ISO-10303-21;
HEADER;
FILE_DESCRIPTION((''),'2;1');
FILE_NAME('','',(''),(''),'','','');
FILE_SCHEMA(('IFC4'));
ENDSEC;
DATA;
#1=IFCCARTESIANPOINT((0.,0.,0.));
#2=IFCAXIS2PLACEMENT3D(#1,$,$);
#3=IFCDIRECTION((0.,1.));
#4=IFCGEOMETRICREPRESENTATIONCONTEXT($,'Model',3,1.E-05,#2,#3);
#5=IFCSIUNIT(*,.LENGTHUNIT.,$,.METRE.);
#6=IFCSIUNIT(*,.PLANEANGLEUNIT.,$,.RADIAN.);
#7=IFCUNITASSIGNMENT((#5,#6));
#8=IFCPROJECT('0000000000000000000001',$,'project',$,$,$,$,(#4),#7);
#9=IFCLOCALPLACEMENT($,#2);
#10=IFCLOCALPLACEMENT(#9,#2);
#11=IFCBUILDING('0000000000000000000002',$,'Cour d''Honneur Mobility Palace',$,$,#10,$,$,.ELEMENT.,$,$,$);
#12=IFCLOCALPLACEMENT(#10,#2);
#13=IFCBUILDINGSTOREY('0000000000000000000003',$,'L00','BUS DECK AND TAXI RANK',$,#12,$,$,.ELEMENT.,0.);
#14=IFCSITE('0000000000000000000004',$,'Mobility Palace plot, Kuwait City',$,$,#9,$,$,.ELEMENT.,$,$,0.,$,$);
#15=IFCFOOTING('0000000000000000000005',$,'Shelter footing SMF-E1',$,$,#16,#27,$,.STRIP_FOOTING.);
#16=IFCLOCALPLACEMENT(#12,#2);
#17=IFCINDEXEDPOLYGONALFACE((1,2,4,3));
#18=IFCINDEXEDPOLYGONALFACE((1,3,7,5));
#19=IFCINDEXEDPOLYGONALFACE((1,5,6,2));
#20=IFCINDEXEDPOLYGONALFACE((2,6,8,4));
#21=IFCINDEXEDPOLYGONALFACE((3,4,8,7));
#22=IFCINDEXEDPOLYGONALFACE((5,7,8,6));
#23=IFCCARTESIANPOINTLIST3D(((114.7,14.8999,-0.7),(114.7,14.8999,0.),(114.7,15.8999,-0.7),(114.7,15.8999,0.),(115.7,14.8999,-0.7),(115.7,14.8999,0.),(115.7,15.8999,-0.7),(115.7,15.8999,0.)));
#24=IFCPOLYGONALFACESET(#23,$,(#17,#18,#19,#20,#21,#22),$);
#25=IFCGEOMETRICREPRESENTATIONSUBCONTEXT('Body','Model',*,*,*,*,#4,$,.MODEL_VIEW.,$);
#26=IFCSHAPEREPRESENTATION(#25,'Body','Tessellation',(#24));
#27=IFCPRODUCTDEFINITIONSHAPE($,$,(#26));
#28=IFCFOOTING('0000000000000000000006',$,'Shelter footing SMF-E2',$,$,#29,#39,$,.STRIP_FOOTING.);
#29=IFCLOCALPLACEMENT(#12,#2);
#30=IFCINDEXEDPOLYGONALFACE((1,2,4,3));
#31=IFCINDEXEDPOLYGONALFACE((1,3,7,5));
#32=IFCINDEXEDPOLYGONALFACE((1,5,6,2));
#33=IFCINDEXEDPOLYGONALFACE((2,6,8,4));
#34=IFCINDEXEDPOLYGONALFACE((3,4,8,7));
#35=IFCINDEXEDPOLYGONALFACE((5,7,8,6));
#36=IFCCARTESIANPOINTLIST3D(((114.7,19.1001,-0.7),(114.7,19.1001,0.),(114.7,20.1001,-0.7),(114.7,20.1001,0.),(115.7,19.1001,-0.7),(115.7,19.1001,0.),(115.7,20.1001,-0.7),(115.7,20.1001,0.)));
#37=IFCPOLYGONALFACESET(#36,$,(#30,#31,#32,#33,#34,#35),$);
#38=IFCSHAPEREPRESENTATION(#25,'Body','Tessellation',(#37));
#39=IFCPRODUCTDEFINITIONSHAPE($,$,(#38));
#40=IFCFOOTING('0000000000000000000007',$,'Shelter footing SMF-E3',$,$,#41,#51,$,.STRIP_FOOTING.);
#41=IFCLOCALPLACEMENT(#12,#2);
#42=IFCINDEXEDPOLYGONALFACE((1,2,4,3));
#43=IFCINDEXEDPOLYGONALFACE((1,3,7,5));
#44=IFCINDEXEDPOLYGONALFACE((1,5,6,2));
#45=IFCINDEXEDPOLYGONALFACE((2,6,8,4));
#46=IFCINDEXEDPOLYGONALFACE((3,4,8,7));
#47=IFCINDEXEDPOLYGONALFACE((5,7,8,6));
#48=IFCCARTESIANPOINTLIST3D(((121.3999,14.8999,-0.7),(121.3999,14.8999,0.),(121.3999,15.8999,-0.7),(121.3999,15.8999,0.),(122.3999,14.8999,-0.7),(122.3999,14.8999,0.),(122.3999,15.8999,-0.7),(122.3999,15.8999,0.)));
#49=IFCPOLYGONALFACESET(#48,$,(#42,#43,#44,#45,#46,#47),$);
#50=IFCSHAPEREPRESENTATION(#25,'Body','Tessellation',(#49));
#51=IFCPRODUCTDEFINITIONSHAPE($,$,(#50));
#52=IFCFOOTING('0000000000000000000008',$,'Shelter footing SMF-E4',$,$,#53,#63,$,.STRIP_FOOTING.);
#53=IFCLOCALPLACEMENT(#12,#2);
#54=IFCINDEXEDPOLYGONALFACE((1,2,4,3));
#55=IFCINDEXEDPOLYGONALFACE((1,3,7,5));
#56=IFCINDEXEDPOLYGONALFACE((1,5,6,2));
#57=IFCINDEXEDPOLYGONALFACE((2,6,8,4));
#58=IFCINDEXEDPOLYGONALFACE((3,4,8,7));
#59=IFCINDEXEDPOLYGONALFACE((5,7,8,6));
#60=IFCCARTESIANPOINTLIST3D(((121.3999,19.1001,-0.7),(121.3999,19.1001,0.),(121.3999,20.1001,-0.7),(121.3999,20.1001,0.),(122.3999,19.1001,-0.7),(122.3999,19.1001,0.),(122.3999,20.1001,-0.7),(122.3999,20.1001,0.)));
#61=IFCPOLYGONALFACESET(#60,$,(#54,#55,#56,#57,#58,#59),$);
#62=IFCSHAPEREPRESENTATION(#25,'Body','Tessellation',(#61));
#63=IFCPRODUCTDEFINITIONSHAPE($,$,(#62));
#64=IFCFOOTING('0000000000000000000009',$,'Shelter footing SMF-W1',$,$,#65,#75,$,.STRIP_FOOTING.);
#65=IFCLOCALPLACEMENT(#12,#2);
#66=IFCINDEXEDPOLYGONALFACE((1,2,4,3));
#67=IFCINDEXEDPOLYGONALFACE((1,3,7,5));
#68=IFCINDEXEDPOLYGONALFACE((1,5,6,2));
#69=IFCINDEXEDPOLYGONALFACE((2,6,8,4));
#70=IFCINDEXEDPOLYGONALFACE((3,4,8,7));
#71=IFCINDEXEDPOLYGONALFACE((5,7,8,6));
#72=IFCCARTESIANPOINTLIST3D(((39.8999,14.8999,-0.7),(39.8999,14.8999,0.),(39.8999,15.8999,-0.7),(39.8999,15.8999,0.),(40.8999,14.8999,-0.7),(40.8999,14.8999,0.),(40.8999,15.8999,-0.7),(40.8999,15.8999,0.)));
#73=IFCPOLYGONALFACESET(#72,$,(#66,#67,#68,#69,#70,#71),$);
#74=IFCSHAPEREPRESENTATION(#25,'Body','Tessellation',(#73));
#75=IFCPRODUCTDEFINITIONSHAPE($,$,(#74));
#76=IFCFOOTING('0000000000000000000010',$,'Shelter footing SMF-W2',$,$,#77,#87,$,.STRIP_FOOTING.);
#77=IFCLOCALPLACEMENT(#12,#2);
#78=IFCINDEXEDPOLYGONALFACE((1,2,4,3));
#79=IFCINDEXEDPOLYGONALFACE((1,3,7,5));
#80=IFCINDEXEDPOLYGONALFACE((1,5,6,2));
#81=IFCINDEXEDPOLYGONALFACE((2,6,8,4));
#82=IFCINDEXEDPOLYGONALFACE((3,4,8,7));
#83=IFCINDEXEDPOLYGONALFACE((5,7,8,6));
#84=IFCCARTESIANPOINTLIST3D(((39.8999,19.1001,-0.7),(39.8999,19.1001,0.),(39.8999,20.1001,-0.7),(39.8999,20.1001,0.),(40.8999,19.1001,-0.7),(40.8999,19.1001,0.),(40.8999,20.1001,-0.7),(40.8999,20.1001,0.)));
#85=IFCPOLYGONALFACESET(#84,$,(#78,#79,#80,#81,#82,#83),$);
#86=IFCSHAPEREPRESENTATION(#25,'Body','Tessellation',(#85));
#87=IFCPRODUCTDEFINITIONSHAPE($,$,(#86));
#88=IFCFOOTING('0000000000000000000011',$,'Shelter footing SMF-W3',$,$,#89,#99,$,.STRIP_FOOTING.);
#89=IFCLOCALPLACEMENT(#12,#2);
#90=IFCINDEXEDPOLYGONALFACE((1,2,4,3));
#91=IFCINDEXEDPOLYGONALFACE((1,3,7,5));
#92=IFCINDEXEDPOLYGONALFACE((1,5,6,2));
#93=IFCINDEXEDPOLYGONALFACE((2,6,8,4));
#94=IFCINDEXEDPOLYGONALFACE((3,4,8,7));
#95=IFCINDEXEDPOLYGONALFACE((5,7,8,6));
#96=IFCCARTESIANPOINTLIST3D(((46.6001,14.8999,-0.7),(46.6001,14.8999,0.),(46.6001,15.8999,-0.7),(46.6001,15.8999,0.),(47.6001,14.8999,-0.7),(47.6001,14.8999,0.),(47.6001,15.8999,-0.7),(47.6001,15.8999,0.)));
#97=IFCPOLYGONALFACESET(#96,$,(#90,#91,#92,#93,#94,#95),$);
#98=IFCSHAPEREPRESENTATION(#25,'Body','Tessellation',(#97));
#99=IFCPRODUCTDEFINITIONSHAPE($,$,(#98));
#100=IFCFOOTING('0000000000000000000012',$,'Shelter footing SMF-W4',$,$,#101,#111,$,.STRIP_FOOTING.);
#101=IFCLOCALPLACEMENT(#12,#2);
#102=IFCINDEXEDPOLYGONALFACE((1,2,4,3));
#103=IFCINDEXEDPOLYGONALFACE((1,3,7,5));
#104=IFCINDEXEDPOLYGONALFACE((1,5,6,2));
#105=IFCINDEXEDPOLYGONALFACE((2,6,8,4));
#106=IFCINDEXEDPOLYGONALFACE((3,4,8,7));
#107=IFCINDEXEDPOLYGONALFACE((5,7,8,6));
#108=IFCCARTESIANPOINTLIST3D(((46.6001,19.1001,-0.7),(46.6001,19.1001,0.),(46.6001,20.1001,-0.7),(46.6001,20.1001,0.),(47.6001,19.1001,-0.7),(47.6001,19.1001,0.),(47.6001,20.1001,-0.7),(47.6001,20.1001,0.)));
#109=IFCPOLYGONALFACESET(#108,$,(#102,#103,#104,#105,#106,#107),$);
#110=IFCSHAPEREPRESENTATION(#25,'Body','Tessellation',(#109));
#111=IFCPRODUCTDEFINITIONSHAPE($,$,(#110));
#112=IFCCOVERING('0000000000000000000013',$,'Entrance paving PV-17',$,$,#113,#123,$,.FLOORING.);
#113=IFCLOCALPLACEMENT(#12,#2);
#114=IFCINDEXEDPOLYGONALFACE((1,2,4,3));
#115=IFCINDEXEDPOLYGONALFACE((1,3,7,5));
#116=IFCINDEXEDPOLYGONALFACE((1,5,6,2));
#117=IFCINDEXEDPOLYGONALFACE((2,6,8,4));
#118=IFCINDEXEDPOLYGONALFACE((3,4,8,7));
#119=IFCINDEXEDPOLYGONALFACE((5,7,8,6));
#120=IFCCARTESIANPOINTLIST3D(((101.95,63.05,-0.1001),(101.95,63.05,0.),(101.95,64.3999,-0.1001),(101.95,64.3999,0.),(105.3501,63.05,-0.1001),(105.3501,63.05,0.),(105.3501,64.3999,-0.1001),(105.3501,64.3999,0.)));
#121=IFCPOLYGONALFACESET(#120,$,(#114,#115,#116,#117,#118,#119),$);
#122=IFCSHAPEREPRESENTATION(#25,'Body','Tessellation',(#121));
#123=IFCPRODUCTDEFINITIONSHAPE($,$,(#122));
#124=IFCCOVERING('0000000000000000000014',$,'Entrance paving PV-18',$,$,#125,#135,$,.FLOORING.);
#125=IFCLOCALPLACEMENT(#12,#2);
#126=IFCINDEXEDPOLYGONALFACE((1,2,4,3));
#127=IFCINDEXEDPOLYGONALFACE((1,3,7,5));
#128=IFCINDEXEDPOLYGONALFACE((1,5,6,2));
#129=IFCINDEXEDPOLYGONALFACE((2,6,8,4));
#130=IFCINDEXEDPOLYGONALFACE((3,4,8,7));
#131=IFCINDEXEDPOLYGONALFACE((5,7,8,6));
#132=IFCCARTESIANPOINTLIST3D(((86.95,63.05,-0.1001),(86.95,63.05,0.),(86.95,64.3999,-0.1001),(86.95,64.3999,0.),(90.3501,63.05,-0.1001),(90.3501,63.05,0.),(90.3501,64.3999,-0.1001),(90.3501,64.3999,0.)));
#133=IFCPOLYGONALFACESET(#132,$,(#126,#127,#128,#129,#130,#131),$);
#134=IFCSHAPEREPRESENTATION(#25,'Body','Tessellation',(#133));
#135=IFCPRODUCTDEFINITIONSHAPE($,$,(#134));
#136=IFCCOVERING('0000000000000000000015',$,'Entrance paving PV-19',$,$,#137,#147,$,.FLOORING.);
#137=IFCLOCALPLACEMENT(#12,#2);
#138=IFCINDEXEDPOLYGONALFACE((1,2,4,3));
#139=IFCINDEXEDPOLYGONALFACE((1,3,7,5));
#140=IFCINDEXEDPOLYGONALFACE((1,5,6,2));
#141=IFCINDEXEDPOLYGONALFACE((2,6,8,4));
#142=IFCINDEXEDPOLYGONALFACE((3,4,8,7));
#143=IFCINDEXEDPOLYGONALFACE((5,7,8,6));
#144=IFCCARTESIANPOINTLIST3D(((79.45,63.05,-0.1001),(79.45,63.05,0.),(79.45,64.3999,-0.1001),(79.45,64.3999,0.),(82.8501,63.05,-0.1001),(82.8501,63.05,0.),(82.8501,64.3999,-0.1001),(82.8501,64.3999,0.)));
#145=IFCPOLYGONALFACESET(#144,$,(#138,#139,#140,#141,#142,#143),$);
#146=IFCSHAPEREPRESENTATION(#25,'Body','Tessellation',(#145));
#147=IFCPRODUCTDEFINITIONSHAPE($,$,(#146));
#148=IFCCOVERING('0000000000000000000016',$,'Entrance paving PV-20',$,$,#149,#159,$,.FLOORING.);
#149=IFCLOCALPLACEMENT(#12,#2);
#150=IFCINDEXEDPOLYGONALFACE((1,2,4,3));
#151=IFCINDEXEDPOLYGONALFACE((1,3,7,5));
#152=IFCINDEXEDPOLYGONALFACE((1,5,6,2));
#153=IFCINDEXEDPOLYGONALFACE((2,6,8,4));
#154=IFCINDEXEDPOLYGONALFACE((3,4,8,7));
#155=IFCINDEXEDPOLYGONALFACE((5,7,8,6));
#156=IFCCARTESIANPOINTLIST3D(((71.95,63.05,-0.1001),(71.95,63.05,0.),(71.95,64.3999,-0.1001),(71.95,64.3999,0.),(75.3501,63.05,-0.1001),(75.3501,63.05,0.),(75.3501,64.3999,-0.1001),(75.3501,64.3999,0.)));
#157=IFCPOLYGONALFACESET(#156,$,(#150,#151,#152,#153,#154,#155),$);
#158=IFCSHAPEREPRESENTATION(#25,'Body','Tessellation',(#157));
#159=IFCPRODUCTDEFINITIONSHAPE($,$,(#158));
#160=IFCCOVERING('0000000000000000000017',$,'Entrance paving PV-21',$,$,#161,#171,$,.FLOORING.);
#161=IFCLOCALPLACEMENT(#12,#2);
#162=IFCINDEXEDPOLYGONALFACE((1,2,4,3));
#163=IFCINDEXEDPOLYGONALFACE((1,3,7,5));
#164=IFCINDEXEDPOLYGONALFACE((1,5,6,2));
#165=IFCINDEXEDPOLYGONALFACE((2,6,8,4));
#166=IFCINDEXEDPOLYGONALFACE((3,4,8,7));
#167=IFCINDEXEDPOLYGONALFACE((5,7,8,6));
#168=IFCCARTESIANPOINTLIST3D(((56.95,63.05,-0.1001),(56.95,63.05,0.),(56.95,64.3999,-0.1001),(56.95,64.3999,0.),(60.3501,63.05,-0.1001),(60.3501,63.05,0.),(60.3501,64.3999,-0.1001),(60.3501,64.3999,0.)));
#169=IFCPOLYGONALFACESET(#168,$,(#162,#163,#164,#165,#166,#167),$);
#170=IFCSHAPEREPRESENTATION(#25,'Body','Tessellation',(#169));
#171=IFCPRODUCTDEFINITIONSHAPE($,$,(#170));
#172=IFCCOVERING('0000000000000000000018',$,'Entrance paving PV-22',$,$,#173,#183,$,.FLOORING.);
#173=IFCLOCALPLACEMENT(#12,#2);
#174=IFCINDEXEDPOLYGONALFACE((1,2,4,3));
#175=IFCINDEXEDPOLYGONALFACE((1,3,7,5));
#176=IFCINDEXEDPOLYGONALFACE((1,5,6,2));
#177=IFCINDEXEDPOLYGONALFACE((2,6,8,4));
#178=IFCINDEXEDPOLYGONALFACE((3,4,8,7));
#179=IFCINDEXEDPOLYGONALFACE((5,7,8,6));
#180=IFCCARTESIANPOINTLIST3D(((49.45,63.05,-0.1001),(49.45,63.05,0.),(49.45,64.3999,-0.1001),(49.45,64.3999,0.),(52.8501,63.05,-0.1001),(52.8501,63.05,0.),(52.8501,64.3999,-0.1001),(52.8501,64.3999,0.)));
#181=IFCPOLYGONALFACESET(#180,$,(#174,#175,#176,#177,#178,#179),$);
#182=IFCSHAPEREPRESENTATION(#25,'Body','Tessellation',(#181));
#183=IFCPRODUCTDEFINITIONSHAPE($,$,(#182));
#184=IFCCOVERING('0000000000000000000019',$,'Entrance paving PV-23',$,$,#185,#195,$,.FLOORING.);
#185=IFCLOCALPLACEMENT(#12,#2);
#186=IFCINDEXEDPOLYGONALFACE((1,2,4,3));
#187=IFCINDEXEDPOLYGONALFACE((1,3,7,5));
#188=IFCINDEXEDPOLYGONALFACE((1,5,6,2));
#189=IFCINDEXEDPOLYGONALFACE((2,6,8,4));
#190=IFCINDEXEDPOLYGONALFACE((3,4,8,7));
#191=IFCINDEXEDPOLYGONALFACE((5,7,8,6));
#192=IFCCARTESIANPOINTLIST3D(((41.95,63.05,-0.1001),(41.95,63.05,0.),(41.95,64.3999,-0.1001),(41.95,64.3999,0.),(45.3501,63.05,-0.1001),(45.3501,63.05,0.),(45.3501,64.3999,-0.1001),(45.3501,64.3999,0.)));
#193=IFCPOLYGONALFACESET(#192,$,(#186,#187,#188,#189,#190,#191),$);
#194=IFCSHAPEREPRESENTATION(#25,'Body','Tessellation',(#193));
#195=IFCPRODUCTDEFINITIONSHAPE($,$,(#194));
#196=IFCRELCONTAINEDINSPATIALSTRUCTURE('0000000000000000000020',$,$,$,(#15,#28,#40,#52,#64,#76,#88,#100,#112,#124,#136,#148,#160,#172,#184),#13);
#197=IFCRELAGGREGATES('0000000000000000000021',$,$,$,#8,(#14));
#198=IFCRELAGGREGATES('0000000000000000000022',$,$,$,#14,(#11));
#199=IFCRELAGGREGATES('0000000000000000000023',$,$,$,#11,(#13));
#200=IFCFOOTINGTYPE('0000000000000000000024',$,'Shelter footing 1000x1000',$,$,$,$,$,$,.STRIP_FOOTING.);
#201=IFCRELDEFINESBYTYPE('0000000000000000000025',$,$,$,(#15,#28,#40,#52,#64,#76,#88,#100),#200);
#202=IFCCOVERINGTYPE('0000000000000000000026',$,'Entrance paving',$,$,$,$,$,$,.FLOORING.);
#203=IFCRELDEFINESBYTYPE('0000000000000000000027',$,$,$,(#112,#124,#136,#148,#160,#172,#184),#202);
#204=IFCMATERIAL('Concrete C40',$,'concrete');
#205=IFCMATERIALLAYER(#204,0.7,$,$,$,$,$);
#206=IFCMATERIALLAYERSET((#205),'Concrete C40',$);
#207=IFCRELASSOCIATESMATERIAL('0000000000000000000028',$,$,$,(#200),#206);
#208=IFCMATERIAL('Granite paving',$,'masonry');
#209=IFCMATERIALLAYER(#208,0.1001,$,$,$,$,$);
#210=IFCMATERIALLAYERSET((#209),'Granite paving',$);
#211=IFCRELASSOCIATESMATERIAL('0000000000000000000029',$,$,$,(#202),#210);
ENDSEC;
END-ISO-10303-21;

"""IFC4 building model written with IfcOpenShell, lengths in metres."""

from ifc_helpers import new_model, si_unit, direction, frame, origin, place, context, subcontext, project, spatial, polyline, outline, extrude, material, layer, layer_set, type_object, element, save


model = new_model("IFC4")

# Units and contexts
model_context = context("Model", 3, precision=1e-05, world=origin(), true_north=direction((0.0, 1.0)))
body_context = subcontext(model_context, "Body", "Model", "MODEL_VIEW")
ifc_project = project(units=[si_unit("LENGTHUNIT", "METRE"), si_unit("PLANEANGLEUNIT", "RADIAN")], contexts=[model_context])

# Site, building, storey
site_placement = place(None, origin())
site = spatial("IfcSite", under=ifc_project, at=site_placement, Name="Mobility Palace plot, Kuwait City", CompositionType="ELEMENT", RefElevation=0.0)
building_placement = place(site_placement, origin())
building = spatial("IfcBuilding", under=site, at=building_placement, Name="Cour d'Honneur Mobility Palace", CompositionType="ELEMENT")
storey_placement = place(building_placement, origin())
storey = spatial("IfcBuildingStorey", under=building, at=storey_placement, Name="L00", Description="BUS DECK AND TAXI RANK", CompositionType="ELEMENT", Elevation=0.0)

# Footings
ifc_material_1 = material(Name="Concrete C40", Category="concrete")
ifc_layer_1 = layer(ifc_material_1, 0.7)
ifc_layer_set_1 = layer_set([ifc_layer_1], Name="Concrete C40")
footing_type = type_object("IfcFootingType", Name="Shelter footing 1000x1000", PredefinedType="STRIP_FOOTING", material=ifc_layer_set_1)
footing_1_placement = place(storey_placement, frame((0.0, 0.0, -0.7)))
element("IfcFooting", 1, at=footing_1_placement, inside=storey, type_object=footing_type, Name="Shelter footing SMF-E1", PredefinedType="STRIP_FOOTING", context=body_context, shape_type="SweptSolid", body=[
    extrude(outline(polyline([(114.7, 14.8999), (115.7, 14.8999), (115.7, 15.8999), (114.7, 15.8999), (114.7, 14.8999)])), origin(), (0.0, 0.0, 1.0), 0.7),
])
footing_2_placement = place(storey_placement, frame((0.0, 0.0, -0.7)))
element("IfcFooting", 2, at=footing_2_placement, inside=storey, type_object=footing_type, Name="Shelter footing SMF-E2", PredefinedType="STRIP_FOOTING", context=body_context, shape_type="SweptSolid", body=[
    extrude(outline(polyline([(114.7, 19.1001), (115.7, 19.1001), (115.7, 20.1001), (114.7, 20.1001), (114.7, 19.1001)])), origin(), (0.0, 0.0, 1.0), 0.7),
])
footing_3_placement = place(storey_placement, frame((0.0, 0.0, -0.7)))
element("IfcFooting", 3, at=footing_3_placement, inside=storey, type_object=footing_type, Name="Shelter footing SMF-E3", PredefinedType="STRIP_FOOTING", context=body_context, shape_type="SweptSolid", body=[
    extrude(outline(polyline([(121.3999, 14.8999), (122.3999, 14.8999), (122.3999, 15.8999), (121.3999, 15.8999), (121.3999, 14.8999)])), origin(), (0.0, 0.0, 1.0), 0.7),
])
footing_4_placement = place(storey_placement, frame((0.0, 0.0, -0.7)))
element("IfcFooting", 4, at=footing_4_placement, inside=storey, type_object=footing_type, Name="Shelter footing SMF-E4", PredefinedType="STRIP_FOOTING", context=body_context, shape_type="SweptSolid", body=[
    extrude(outline(polyline([(121.3999, 19.1001), (122.3999, 19.1001), (122.3999, 20.1001), (121.3999, 20.1001), (121.3999, 19.1001)])), origin(), (0.0, 0.0, 1.0), 0.7),
])
footing_5_placement = place(storey_placement, frame((0.0, 0.0, -0.7)))
element("IfcFooting", 5, at=footing_5_placement, inside=storey, type_object=footing_type, Name="Shelter footing SMF-W1", PredefinedType="STRIP_FOOTING", context=body_context, shape_type="SweptSolid", body=[
    extrude(outline(polyline([(39.8999, 14.8999), (40.8999, 14.8999), (40.8999, 15.8999), (39.8999, 15.8999), (39.8999, 14.8999)])), origin(), (0.0, 0.0, 1.0), 0.7),
])
footing_6_placement = place(storey_placement, frame((0.0, 0.0, -0.7)))
element("IfcFooting", 6, at=footing_6_placement, inside=storey, type_object=footing_type, Name="Shelter footing SMF-W2", PredefinedType="STRIP_FOOTING", context=body_context, shape_type="SweptSolid", body=[
    extrude(outline(polyline([(39.8999, 19.1001), (40.8999, 19.1001), (40.8999, 20.1001), (39.8999, 20.1001), (39.8999, 19.1001)])), origin(), (0.0, 0.0, 1.0), 0.7),
])
footing_7_placement = place(storey_placement, frame((0.0, 0.0, -0.7)))
element("IfcFooting", 7, at=footing_7_placement, inside=storey, type_object=footing_type, Name="Shelter footing SMF-W3", PredefinedType="STRIP_FOOTING", context=body_context, shape_type="SweptSolid", body=[
    extrude(outline(polyline([(46.6001, 14.8999), (47.6001, 14.8999), (47.6001, 15.8999), (46.6001, 15.8999), (46.6001, 14.8999)])), origin(), (0.0, 0.0, 1.0), 0.7),
])
footing_8_placement = place(storey_placement, frame((0.0, 0.0, -0.7)))
element("IfcFooting", 8, at=footing_8_placement, inside=storey, type_object=footing_type, Name="Shelter footing SMF-W4", PredefinedType="STRIP_FOOTING", context=body_context, shape_type="SweptSolid", body=[
    extrude(outline(polyline([(46.6001, 19.1001), (47.6001, 19.1001), (47.6001, 20.1001), (46.6001, 20.1001), (46.6001, 19.1001)])), origin(), (0.0, 0.0, 1.0), 0.7),
])

# Coverings
ifc_material_2 = material(Name="Granite paving", Category="masonry")
ifc_layer_2 = layer(ifc_material_2, 0.1001)
ifc_layer_set_2 = layer_set([ifc_layer_2], Name="Granite paving")
covering_type = type_object("IfcCoveringType", Name="Entrance paving", PredefinedType="FLOORING", material=ifc_layer_set_2)
covering_1_placement = place(storey_placement, frame((0.0, 0.0, -0.1001)))
element("IfcCovering", 9, at=covering_1_placement, inside=storey, type_object=covering_type, Name="Entrance paving PV-17", PredefinedType="FLOORING", context=body_context, shape_type="SweptSolid", body=[
    extrude(outline(polyline([(105.3501, 63.05), (101.95, 63.05), (101.95, 64.3999), (105.3501, 64.3999), (105.3501, 63.05)])), origin(), (0.0, 0.0, 1.0), 0.1001),
])
covering_2_placement = place(storey_placement, frame((0.0, 0.0, -0.1001)))
element("IfcCovering", 10, at=covering_2_placement, inside=storey, type_object=covering_type, Name="Entrance paving PV-18", PredefinedType="FLOORING", context=body_context, shape_type="SweptSolid", body=[
    extrude(outline(polyline([(90.3501, 63.05), (86.95, 63.05), (86.95, 64.3999), (90.3501, 64.3999), (90.3501, 63.05)])), origin(), (0.0, 0.0, 1.0), 0.1001),
])
covering_3_placement = place(storey_placement, frame((0.0, 0.0, -0.1001)))
element("IfcCovering", 11, at=covering_3_placement, inside=storey, type_object=covering_type, Name="Entrance paving PV-19", PredefinedType="FLOORING", context=body_context, shape_type="SweptSolid", body=[
    extrude(outline(polyline([(82.8501, 63.05), (79.45, 63.05), (79.45, 64.3999), (82.8501, 64.3999), (82.8501, 63.05)])), origin(), (0.0, 0.0, 1.0), 0.1001),
])
covering_4_placement = place(storey_placement, frame((0.0, 0.0, -0.1001)))
element("IfcCovering", 12, at=covering_4_placement, inside=storey, type_object=covering_type, Name="Entrance paving PV-20", PredefinedType="FLOORING", context=body_context, shape_type="SweptSolid", body=[
    extrude(outline(polyline([(75.3501, 63.05), (71.95, 63.05), (71.95, 64.3999), (75.3501, 64.3999), (75.3501, 63.05)])), origin(), (0.0, 0.0, 1.0), 0.1001),
])
covering_5_placement = place(storey_placement, frame((0.0, 0.0, -0.1001)))
element("IfcCovering", 13, at=covering_5_placement, inside=storey, type_object=covering_type, Name="Entrance paving PV-21", PredefinedType="FLOORING", context=body_context, shape_type="SweptSolid", body=[
    extrude(outline(polyline([(60.3501, 63.05), (56.95, 63.05), (56.95, 64.3999), (60.3501, 64.3999), (60.3501, 63.05)])), origin(), (0.0, 0.0, 1.0), 0.1001),
])
covering_6_placement = place(storey_placement, frame((0.0, 0.0, -0.1001)))
element("IfcCovering", 14, at=covering_6_placement, inside=storey, type_object=covering_type, Name="Entrance paving PV-22", PredefinedType="FLOORING", context=body_context, shape_type="SweptSolid", body=[
    extrude(outline(polyline([(52.8501, 63.05), (49.45, 63.05), (49.45, 64.3999), (52.8501, 64.3999), (52.8501, 63.05)])), origin(), (0.0, 0.0, 1.0), 0.1001),
])
covering_7_placement = place(storey_placement, frame((0.0, 0.0, -0.1001)))
element("IfcCovering", 15, at=covering_7_placement, inside=storey, type_object=covering_type, Name="Entrance paving PV-23", PredefinedType="FLOORING", context=body_context, shape_type="SweptSolid", body=[
    extrude(outline(polyline([(45.3501, 63.05), (41.95, 63.05), (41.95, 64.3999), (45.3501, 64.3999), (45.3501, 63.05)])), origin(), (0.0, 0.0, 1.0), 0.1001),
])

save(model, "model.ifc")
